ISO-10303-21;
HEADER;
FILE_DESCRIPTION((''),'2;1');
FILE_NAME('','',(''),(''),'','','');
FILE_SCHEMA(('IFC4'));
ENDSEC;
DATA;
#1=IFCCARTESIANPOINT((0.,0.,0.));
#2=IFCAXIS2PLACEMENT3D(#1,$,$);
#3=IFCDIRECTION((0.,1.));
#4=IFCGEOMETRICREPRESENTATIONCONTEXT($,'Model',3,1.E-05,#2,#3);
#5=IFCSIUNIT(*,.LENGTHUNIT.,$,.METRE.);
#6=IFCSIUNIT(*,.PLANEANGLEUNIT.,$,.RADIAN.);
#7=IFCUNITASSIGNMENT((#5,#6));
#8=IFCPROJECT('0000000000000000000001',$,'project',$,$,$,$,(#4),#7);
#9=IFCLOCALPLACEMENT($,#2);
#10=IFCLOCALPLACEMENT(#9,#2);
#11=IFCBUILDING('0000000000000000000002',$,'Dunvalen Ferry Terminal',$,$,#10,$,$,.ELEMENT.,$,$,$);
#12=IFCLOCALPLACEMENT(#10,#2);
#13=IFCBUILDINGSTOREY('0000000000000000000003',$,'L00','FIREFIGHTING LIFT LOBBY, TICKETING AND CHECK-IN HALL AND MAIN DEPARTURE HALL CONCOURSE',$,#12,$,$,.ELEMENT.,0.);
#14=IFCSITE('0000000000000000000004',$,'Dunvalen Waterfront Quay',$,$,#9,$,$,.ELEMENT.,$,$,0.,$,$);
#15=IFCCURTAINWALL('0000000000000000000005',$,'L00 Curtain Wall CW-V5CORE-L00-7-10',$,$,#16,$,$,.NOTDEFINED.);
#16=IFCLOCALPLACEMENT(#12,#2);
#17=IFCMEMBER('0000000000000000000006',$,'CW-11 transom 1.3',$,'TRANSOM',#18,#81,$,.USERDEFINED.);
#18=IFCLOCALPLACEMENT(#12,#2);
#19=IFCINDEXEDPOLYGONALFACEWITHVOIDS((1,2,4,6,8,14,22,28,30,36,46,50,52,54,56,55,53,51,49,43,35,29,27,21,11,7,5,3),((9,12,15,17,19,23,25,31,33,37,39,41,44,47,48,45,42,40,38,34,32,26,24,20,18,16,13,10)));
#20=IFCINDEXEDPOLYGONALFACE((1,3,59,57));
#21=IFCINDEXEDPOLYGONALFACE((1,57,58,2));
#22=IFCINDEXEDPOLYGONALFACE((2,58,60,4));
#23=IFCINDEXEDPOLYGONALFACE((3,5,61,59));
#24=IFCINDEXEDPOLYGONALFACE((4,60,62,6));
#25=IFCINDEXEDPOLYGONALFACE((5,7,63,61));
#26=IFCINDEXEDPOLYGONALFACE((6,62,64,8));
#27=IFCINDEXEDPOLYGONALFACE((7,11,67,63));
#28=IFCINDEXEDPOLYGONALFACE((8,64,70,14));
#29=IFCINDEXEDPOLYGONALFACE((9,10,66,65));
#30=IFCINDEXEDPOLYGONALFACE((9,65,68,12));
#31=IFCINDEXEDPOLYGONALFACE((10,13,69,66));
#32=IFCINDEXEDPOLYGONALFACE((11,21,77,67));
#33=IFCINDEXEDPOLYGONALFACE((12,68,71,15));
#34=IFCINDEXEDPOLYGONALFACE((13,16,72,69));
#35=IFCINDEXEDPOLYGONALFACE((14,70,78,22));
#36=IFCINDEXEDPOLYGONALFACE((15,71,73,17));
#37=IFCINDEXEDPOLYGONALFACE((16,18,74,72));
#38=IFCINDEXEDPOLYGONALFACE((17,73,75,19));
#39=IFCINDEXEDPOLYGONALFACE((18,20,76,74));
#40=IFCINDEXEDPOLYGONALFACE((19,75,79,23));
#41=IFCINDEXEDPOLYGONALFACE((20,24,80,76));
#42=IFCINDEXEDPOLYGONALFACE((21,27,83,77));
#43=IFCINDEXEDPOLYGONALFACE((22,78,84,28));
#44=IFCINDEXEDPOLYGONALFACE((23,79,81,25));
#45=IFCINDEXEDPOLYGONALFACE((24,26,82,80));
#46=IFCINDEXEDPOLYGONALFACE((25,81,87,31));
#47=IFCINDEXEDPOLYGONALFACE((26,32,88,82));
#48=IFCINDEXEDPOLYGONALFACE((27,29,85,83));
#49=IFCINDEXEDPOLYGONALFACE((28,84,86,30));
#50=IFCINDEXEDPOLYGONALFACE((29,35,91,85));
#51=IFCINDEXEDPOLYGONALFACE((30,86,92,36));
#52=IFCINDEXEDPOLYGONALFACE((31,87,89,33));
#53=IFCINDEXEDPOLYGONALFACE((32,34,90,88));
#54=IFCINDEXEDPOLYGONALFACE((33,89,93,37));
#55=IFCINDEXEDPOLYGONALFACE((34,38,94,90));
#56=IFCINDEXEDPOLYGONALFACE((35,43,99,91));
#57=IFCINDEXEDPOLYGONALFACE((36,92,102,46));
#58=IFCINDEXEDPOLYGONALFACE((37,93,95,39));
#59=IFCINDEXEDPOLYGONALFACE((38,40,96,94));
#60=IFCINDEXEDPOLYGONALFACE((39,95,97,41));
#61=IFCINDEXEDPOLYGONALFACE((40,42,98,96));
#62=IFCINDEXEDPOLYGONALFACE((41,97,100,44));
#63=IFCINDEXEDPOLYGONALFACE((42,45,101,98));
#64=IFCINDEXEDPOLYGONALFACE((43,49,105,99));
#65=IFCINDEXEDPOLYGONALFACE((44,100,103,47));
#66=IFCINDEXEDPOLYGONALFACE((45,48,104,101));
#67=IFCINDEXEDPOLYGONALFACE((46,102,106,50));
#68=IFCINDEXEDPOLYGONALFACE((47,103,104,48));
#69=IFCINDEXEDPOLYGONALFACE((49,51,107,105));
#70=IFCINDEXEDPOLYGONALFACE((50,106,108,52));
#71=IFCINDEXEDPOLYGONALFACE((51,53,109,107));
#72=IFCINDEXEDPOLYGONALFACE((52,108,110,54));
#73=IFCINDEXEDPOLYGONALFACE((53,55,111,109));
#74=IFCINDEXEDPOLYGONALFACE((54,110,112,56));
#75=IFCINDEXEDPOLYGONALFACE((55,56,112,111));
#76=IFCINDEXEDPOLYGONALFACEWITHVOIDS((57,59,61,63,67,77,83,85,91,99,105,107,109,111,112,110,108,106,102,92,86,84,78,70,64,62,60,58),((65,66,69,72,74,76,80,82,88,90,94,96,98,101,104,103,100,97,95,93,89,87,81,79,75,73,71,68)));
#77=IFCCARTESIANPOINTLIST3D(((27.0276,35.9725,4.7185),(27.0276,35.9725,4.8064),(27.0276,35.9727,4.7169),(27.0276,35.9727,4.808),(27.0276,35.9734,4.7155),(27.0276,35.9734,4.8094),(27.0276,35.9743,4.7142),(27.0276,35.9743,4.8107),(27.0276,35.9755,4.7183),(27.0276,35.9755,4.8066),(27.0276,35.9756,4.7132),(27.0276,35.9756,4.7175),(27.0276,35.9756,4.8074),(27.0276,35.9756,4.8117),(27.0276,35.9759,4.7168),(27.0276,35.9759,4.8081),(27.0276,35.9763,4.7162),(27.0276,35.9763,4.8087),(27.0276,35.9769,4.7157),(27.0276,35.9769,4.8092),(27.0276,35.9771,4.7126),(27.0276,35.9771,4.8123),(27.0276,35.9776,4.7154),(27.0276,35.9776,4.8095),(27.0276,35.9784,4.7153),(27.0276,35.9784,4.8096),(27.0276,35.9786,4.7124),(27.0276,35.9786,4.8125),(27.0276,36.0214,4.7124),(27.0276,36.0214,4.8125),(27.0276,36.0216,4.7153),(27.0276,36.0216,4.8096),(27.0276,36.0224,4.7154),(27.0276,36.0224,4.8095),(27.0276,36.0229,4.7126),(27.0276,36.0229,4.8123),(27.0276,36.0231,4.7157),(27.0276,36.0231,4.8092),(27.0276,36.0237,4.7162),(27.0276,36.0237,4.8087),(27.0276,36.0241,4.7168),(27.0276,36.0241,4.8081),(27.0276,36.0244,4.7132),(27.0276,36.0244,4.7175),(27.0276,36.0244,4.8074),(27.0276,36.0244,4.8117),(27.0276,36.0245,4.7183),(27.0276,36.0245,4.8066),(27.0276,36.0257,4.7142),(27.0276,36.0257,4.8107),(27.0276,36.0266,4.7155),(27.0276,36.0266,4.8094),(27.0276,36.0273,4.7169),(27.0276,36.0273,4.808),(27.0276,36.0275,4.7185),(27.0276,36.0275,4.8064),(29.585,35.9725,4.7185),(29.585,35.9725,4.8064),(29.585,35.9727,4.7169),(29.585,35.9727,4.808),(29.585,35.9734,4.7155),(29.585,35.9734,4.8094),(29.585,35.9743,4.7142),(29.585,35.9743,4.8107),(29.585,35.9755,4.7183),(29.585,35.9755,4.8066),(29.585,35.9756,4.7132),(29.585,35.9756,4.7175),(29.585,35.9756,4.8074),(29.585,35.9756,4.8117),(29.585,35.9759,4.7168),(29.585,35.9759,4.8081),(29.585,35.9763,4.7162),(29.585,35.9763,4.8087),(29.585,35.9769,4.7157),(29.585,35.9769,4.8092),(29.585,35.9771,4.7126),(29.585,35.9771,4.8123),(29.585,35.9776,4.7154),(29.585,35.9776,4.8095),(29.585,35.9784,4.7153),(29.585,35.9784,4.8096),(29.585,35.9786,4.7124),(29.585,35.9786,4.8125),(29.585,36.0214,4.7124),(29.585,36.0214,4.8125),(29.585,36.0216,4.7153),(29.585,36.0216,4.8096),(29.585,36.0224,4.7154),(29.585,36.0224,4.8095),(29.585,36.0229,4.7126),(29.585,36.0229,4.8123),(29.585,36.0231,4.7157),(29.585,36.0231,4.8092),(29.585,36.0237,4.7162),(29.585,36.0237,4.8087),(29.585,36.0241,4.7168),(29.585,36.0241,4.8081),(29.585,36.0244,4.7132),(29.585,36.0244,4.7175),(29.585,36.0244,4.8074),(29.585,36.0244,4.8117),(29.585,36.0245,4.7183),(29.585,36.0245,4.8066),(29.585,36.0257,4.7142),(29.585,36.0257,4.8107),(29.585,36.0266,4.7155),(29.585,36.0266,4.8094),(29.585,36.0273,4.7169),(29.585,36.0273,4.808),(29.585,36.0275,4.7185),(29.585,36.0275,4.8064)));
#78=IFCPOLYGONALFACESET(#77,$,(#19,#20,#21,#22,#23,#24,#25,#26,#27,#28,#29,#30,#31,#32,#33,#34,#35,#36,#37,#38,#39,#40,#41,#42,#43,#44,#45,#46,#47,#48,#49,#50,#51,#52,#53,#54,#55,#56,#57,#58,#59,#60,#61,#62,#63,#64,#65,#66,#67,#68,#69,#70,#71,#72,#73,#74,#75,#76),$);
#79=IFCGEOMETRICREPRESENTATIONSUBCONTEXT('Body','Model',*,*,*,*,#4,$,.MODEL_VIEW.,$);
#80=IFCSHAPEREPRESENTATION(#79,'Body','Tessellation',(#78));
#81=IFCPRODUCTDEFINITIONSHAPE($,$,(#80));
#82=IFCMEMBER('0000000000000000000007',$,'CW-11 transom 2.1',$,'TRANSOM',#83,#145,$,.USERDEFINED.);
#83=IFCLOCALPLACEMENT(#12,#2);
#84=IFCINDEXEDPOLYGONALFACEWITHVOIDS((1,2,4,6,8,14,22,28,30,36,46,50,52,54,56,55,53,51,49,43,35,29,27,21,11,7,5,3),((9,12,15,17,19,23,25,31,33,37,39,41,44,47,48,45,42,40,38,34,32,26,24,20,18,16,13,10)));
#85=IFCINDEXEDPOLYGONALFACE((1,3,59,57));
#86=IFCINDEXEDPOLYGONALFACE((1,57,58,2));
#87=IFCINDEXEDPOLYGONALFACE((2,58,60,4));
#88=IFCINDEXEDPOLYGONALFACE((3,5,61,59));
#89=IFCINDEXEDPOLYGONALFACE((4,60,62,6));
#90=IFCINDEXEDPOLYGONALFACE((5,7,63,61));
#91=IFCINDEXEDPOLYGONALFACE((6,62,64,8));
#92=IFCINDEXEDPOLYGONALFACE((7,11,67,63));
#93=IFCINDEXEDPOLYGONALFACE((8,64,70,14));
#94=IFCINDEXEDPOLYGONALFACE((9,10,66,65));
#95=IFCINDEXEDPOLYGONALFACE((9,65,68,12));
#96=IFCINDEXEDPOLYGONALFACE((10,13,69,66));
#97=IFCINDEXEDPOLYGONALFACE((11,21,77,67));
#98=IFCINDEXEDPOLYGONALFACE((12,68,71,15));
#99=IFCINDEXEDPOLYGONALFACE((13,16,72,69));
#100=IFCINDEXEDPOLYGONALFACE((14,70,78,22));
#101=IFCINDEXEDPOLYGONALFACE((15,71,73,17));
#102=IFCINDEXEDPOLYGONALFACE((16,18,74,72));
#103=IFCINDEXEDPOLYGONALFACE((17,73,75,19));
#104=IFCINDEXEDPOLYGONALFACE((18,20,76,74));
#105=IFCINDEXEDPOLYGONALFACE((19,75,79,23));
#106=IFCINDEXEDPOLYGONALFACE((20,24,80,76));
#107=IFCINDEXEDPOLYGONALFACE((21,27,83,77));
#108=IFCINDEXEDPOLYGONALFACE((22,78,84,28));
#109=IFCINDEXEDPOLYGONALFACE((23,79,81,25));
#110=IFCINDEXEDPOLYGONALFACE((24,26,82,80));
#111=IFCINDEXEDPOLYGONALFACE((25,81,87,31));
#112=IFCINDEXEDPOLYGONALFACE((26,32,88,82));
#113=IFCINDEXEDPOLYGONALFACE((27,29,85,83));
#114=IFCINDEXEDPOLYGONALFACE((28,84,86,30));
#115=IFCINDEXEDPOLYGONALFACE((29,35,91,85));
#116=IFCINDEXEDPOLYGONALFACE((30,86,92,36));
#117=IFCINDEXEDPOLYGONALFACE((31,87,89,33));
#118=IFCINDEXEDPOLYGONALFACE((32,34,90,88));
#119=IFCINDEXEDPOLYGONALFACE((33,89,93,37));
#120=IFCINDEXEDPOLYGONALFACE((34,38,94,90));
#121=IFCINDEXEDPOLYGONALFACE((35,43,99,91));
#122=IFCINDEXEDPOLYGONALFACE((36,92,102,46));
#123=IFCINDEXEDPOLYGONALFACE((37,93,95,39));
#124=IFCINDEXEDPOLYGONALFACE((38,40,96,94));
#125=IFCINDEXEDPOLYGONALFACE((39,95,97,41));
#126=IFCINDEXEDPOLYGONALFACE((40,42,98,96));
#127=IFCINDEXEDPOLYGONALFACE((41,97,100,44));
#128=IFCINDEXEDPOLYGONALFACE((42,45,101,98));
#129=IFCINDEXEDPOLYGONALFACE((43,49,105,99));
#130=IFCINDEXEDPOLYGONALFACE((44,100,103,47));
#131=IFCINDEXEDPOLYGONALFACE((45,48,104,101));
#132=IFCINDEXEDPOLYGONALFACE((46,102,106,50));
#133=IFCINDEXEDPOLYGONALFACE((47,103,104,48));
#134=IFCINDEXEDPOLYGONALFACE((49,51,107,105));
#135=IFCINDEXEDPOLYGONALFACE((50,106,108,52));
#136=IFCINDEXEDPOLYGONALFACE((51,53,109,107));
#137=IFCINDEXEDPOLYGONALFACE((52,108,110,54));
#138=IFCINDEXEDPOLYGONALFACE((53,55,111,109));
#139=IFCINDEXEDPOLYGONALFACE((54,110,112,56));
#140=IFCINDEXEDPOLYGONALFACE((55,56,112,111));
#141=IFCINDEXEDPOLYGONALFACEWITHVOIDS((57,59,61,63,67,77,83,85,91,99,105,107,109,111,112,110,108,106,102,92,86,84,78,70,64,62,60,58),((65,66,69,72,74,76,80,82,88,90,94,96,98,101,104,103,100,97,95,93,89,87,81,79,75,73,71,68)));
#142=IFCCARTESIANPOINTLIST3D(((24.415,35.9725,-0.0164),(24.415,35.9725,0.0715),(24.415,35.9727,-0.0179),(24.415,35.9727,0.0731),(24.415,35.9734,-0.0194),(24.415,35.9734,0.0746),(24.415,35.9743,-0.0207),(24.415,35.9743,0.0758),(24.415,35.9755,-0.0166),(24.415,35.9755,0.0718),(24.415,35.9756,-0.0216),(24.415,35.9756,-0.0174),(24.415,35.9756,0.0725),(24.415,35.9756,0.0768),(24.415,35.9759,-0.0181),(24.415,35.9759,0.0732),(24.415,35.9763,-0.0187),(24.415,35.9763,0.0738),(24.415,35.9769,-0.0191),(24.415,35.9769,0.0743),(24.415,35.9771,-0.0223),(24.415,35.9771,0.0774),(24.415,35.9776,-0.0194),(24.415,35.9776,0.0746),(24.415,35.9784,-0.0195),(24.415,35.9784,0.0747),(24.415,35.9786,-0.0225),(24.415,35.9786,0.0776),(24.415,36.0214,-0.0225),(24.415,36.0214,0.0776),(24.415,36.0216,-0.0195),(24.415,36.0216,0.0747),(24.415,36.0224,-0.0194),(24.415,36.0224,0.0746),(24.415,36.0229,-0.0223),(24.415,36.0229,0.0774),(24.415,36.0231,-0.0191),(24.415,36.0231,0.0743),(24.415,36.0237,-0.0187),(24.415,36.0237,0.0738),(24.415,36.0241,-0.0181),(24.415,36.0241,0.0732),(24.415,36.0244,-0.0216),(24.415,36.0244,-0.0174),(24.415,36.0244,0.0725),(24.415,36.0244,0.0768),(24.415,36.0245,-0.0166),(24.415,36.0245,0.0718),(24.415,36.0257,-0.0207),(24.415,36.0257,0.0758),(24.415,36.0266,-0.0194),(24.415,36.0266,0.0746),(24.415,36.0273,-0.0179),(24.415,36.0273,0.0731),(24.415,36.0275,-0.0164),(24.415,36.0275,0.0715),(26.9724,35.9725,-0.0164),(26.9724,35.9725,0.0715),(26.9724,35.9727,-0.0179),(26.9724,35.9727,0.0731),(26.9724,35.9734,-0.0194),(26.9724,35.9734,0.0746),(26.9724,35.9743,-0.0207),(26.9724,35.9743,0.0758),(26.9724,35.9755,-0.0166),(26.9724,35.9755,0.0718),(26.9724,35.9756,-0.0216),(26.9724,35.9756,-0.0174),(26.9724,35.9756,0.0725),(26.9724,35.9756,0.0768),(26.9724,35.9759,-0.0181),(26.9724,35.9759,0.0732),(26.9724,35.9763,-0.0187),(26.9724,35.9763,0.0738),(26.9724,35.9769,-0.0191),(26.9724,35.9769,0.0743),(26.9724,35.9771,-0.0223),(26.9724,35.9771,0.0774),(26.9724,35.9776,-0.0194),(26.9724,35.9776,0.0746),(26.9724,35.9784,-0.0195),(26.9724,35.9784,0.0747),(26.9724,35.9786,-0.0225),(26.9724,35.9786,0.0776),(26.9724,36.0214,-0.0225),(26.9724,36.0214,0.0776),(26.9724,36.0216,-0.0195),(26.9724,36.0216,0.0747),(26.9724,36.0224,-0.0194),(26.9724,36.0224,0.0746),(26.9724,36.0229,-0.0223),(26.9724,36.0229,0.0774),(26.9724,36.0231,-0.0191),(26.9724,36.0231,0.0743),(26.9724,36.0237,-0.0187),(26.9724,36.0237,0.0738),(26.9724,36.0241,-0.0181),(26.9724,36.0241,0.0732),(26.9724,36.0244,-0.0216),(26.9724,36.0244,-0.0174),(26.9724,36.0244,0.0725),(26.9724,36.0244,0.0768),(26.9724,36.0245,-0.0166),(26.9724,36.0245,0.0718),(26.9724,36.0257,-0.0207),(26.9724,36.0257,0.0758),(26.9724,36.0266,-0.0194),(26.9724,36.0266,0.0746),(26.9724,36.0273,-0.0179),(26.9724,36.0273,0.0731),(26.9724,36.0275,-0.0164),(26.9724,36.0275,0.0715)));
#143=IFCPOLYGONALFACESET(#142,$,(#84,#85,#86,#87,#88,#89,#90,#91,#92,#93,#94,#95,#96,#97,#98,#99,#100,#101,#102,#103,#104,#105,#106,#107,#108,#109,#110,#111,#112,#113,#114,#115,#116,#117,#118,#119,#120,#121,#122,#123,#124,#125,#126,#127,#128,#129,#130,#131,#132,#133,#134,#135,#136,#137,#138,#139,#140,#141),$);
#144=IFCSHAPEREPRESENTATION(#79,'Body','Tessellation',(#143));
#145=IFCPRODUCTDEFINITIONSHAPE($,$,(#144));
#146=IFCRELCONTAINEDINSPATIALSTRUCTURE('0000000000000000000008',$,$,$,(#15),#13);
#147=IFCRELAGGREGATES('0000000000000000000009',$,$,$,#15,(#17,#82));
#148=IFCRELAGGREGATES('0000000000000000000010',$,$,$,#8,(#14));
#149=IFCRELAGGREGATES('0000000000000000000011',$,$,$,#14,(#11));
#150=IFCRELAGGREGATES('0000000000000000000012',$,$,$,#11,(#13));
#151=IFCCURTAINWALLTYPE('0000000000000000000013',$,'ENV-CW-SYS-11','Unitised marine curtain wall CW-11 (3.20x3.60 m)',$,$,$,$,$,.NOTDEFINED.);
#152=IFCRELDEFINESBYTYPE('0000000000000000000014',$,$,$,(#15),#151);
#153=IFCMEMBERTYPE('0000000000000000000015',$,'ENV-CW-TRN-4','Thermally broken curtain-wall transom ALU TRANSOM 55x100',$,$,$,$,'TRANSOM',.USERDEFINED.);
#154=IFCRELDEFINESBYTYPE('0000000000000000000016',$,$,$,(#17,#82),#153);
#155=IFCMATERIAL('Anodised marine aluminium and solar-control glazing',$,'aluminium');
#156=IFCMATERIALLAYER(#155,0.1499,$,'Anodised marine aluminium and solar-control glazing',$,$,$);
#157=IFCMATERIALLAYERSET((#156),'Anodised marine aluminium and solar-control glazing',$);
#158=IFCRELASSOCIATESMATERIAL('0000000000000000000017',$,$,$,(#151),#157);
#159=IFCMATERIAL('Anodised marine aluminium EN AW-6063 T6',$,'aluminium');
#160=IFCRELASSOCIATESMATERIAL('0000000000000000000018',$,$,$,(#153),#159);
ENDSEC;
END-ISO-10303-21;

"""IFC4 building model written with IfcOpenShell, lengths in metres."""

from ifc_helpers import new_model, si_unit, direction, frame, origin, origin_2d, place, context, subcontext, project, spatial, hollow_rectangle, extrude, material, layer, layer_set, material_profile, profile_set, type_object, element, aggregate, save


model = new_model("IFC4")

# Units and contexts
model_context = context("Model", 3, precision=1e-05, world=origin(), true_north=direction((0.0, 1.0)))
body_context = subcontext(model_context, "Body", "Model", "MODEL_VIEW")
ifc_project = project(units=[si_unit("LENGTHUNIT", "METRE"), si_unit("PLANEANGLEUNIT", "RADIAN")], contexts=[model_context])

# Site, building, storey
site_placement = place(None, origin())
site = spatial("IfcSite", under=ifc_project, at=site_placement, Name="Dunvalen Waterfront Quay", CompositionType="ELEMENT", RefElevation=0.0)
building_placement = place(site_placement, origin())
building = spatial("IfcBuilding", under=site, at=building_placement, Name="Dunvalen Ferry Terminal", CompositionType="ELEMENT")
storey_placement = place(building_placement, origin())
storey = spatial("IfcBuildingStorey", under=building, at=storey_placement, Name="L00", Description="FIREFIGHTING LIFT LOBBY, TICKETING AND CHECK-IN HALL AND MAIN DEPARTURE HALL CONCOURSE", CompositionType="ELEMENT", Elevation=0.0)

# Shared definitions
ifc_material_1 = material(Name="Anodised marine aluminium and solar-control glazing", Category="aluminium")
ifc_layer_1 = layer(ifc_material_1, 0.1499, Name="Anodised marine aluminium and solar-control glazing")
ifc_layer_set_1 = layer_set([ifc_layer_1], Name="Anodised marine aluminium and solar-control glazing")
curtain_wall_type = type_object("IfcCurtainWallType", Name="ENV-CW-SYS-11", Description="Unitised marine curtain wall CW-11 (3.20x3.60 m)", PredefinedType="NOTDEFINED", material=ifc_layer_set_1)
ifc_material_2 = material(Name="Anodised marine aluminium EN AW-6063 T6", Category="aluminium")

# Curtain wall, members
curtain_wall_1_placement = place(storey_placement, origin())
curtain_wall_1 = element("IfcCurtainWall", 1, at=curtain_wall_1_placement, inside=storey, type_object=curtain_wall_type, Name="L00 Curtain Wall CW-V5CORE-L00-7-10", PredefinedType="NOTDEFINED")
ifc_material_profile_1 = material_profile(ifc_material_2, hollow_rectangle(XDim=0.0549, YDim=0.1001, WallThickness=0.0029, InnerFilletRadius=0.0029, OuterFilletRadius=0.0061, at=origin_2d()), Name="Anodised marine aluminium EN AW-6063 T6")
ifc_profile_set_1 = profile_set([ifc_material_profile_1], Name="Anodised marine aluminium EN AW-6063 T6")
member_type_1 = type_object("IfcMemberType", Name="ENV-CW-TRN-4", Description="Thermally broken curtain-wall transom ALU TRANSOM 55x100", ElementType="TRANSOM", PredefinedType="USERDEFINED", material=ifc_profile_set_1)
member_1_placement = place(storey_placement, frame((29.585, 36.0, 4.7625), z_axis=(-1.0, 0.0, 0.0), x_axis=(0.0, -1.0, 0.0)))
member_1 = element("IfcMember", 2, at=member_1_placement, type_object=member_type_1, Name="CW-11 transom 1.3", ObjectType="TRANSOM", PredefinedType="USERDEFINED", context=body_context, shape_type="SweptSolid", body=[
    extrude(hollow_rectangle(XDim=0.0549, YDim=0.1001, WallThickness=0.0029, InnerFilletRadius=0.0029, OuterFilletRadius=0.0061, at=origin_2d()), origin(), (0.0, 0.0, 1.0), 2.5574),
])
member_2_placement = place(storey_placement, frame((26.9724, 36.0, 0.0276), z_axis=(-1.0, 0.0, 0.0), x_axis=(0.0, -1.0, 0.0)))
member_2 = element("IfcMember", 3, at=member_2_placement, type_object=member_type_1, Name="CW-11 transom 2.1", ObjectType="TRANSOM", PredefinedType="USERDEFINED", context=body_context, shape_type="SweptSolid", body=[
    extrude(hollow_rectangle(XDim=0.0549, YDim=0.1001, WallThickness=0.0029, InnerFilletRadius=0.0029, OuterFilletRadius=0.0061, at=origin_2d()), origin(), (0.0, 0.0, 1.0), 2.5574),
])

aggregate(curtain_wall_1, [member_1, member_2])

save(model, "model.ifc")
